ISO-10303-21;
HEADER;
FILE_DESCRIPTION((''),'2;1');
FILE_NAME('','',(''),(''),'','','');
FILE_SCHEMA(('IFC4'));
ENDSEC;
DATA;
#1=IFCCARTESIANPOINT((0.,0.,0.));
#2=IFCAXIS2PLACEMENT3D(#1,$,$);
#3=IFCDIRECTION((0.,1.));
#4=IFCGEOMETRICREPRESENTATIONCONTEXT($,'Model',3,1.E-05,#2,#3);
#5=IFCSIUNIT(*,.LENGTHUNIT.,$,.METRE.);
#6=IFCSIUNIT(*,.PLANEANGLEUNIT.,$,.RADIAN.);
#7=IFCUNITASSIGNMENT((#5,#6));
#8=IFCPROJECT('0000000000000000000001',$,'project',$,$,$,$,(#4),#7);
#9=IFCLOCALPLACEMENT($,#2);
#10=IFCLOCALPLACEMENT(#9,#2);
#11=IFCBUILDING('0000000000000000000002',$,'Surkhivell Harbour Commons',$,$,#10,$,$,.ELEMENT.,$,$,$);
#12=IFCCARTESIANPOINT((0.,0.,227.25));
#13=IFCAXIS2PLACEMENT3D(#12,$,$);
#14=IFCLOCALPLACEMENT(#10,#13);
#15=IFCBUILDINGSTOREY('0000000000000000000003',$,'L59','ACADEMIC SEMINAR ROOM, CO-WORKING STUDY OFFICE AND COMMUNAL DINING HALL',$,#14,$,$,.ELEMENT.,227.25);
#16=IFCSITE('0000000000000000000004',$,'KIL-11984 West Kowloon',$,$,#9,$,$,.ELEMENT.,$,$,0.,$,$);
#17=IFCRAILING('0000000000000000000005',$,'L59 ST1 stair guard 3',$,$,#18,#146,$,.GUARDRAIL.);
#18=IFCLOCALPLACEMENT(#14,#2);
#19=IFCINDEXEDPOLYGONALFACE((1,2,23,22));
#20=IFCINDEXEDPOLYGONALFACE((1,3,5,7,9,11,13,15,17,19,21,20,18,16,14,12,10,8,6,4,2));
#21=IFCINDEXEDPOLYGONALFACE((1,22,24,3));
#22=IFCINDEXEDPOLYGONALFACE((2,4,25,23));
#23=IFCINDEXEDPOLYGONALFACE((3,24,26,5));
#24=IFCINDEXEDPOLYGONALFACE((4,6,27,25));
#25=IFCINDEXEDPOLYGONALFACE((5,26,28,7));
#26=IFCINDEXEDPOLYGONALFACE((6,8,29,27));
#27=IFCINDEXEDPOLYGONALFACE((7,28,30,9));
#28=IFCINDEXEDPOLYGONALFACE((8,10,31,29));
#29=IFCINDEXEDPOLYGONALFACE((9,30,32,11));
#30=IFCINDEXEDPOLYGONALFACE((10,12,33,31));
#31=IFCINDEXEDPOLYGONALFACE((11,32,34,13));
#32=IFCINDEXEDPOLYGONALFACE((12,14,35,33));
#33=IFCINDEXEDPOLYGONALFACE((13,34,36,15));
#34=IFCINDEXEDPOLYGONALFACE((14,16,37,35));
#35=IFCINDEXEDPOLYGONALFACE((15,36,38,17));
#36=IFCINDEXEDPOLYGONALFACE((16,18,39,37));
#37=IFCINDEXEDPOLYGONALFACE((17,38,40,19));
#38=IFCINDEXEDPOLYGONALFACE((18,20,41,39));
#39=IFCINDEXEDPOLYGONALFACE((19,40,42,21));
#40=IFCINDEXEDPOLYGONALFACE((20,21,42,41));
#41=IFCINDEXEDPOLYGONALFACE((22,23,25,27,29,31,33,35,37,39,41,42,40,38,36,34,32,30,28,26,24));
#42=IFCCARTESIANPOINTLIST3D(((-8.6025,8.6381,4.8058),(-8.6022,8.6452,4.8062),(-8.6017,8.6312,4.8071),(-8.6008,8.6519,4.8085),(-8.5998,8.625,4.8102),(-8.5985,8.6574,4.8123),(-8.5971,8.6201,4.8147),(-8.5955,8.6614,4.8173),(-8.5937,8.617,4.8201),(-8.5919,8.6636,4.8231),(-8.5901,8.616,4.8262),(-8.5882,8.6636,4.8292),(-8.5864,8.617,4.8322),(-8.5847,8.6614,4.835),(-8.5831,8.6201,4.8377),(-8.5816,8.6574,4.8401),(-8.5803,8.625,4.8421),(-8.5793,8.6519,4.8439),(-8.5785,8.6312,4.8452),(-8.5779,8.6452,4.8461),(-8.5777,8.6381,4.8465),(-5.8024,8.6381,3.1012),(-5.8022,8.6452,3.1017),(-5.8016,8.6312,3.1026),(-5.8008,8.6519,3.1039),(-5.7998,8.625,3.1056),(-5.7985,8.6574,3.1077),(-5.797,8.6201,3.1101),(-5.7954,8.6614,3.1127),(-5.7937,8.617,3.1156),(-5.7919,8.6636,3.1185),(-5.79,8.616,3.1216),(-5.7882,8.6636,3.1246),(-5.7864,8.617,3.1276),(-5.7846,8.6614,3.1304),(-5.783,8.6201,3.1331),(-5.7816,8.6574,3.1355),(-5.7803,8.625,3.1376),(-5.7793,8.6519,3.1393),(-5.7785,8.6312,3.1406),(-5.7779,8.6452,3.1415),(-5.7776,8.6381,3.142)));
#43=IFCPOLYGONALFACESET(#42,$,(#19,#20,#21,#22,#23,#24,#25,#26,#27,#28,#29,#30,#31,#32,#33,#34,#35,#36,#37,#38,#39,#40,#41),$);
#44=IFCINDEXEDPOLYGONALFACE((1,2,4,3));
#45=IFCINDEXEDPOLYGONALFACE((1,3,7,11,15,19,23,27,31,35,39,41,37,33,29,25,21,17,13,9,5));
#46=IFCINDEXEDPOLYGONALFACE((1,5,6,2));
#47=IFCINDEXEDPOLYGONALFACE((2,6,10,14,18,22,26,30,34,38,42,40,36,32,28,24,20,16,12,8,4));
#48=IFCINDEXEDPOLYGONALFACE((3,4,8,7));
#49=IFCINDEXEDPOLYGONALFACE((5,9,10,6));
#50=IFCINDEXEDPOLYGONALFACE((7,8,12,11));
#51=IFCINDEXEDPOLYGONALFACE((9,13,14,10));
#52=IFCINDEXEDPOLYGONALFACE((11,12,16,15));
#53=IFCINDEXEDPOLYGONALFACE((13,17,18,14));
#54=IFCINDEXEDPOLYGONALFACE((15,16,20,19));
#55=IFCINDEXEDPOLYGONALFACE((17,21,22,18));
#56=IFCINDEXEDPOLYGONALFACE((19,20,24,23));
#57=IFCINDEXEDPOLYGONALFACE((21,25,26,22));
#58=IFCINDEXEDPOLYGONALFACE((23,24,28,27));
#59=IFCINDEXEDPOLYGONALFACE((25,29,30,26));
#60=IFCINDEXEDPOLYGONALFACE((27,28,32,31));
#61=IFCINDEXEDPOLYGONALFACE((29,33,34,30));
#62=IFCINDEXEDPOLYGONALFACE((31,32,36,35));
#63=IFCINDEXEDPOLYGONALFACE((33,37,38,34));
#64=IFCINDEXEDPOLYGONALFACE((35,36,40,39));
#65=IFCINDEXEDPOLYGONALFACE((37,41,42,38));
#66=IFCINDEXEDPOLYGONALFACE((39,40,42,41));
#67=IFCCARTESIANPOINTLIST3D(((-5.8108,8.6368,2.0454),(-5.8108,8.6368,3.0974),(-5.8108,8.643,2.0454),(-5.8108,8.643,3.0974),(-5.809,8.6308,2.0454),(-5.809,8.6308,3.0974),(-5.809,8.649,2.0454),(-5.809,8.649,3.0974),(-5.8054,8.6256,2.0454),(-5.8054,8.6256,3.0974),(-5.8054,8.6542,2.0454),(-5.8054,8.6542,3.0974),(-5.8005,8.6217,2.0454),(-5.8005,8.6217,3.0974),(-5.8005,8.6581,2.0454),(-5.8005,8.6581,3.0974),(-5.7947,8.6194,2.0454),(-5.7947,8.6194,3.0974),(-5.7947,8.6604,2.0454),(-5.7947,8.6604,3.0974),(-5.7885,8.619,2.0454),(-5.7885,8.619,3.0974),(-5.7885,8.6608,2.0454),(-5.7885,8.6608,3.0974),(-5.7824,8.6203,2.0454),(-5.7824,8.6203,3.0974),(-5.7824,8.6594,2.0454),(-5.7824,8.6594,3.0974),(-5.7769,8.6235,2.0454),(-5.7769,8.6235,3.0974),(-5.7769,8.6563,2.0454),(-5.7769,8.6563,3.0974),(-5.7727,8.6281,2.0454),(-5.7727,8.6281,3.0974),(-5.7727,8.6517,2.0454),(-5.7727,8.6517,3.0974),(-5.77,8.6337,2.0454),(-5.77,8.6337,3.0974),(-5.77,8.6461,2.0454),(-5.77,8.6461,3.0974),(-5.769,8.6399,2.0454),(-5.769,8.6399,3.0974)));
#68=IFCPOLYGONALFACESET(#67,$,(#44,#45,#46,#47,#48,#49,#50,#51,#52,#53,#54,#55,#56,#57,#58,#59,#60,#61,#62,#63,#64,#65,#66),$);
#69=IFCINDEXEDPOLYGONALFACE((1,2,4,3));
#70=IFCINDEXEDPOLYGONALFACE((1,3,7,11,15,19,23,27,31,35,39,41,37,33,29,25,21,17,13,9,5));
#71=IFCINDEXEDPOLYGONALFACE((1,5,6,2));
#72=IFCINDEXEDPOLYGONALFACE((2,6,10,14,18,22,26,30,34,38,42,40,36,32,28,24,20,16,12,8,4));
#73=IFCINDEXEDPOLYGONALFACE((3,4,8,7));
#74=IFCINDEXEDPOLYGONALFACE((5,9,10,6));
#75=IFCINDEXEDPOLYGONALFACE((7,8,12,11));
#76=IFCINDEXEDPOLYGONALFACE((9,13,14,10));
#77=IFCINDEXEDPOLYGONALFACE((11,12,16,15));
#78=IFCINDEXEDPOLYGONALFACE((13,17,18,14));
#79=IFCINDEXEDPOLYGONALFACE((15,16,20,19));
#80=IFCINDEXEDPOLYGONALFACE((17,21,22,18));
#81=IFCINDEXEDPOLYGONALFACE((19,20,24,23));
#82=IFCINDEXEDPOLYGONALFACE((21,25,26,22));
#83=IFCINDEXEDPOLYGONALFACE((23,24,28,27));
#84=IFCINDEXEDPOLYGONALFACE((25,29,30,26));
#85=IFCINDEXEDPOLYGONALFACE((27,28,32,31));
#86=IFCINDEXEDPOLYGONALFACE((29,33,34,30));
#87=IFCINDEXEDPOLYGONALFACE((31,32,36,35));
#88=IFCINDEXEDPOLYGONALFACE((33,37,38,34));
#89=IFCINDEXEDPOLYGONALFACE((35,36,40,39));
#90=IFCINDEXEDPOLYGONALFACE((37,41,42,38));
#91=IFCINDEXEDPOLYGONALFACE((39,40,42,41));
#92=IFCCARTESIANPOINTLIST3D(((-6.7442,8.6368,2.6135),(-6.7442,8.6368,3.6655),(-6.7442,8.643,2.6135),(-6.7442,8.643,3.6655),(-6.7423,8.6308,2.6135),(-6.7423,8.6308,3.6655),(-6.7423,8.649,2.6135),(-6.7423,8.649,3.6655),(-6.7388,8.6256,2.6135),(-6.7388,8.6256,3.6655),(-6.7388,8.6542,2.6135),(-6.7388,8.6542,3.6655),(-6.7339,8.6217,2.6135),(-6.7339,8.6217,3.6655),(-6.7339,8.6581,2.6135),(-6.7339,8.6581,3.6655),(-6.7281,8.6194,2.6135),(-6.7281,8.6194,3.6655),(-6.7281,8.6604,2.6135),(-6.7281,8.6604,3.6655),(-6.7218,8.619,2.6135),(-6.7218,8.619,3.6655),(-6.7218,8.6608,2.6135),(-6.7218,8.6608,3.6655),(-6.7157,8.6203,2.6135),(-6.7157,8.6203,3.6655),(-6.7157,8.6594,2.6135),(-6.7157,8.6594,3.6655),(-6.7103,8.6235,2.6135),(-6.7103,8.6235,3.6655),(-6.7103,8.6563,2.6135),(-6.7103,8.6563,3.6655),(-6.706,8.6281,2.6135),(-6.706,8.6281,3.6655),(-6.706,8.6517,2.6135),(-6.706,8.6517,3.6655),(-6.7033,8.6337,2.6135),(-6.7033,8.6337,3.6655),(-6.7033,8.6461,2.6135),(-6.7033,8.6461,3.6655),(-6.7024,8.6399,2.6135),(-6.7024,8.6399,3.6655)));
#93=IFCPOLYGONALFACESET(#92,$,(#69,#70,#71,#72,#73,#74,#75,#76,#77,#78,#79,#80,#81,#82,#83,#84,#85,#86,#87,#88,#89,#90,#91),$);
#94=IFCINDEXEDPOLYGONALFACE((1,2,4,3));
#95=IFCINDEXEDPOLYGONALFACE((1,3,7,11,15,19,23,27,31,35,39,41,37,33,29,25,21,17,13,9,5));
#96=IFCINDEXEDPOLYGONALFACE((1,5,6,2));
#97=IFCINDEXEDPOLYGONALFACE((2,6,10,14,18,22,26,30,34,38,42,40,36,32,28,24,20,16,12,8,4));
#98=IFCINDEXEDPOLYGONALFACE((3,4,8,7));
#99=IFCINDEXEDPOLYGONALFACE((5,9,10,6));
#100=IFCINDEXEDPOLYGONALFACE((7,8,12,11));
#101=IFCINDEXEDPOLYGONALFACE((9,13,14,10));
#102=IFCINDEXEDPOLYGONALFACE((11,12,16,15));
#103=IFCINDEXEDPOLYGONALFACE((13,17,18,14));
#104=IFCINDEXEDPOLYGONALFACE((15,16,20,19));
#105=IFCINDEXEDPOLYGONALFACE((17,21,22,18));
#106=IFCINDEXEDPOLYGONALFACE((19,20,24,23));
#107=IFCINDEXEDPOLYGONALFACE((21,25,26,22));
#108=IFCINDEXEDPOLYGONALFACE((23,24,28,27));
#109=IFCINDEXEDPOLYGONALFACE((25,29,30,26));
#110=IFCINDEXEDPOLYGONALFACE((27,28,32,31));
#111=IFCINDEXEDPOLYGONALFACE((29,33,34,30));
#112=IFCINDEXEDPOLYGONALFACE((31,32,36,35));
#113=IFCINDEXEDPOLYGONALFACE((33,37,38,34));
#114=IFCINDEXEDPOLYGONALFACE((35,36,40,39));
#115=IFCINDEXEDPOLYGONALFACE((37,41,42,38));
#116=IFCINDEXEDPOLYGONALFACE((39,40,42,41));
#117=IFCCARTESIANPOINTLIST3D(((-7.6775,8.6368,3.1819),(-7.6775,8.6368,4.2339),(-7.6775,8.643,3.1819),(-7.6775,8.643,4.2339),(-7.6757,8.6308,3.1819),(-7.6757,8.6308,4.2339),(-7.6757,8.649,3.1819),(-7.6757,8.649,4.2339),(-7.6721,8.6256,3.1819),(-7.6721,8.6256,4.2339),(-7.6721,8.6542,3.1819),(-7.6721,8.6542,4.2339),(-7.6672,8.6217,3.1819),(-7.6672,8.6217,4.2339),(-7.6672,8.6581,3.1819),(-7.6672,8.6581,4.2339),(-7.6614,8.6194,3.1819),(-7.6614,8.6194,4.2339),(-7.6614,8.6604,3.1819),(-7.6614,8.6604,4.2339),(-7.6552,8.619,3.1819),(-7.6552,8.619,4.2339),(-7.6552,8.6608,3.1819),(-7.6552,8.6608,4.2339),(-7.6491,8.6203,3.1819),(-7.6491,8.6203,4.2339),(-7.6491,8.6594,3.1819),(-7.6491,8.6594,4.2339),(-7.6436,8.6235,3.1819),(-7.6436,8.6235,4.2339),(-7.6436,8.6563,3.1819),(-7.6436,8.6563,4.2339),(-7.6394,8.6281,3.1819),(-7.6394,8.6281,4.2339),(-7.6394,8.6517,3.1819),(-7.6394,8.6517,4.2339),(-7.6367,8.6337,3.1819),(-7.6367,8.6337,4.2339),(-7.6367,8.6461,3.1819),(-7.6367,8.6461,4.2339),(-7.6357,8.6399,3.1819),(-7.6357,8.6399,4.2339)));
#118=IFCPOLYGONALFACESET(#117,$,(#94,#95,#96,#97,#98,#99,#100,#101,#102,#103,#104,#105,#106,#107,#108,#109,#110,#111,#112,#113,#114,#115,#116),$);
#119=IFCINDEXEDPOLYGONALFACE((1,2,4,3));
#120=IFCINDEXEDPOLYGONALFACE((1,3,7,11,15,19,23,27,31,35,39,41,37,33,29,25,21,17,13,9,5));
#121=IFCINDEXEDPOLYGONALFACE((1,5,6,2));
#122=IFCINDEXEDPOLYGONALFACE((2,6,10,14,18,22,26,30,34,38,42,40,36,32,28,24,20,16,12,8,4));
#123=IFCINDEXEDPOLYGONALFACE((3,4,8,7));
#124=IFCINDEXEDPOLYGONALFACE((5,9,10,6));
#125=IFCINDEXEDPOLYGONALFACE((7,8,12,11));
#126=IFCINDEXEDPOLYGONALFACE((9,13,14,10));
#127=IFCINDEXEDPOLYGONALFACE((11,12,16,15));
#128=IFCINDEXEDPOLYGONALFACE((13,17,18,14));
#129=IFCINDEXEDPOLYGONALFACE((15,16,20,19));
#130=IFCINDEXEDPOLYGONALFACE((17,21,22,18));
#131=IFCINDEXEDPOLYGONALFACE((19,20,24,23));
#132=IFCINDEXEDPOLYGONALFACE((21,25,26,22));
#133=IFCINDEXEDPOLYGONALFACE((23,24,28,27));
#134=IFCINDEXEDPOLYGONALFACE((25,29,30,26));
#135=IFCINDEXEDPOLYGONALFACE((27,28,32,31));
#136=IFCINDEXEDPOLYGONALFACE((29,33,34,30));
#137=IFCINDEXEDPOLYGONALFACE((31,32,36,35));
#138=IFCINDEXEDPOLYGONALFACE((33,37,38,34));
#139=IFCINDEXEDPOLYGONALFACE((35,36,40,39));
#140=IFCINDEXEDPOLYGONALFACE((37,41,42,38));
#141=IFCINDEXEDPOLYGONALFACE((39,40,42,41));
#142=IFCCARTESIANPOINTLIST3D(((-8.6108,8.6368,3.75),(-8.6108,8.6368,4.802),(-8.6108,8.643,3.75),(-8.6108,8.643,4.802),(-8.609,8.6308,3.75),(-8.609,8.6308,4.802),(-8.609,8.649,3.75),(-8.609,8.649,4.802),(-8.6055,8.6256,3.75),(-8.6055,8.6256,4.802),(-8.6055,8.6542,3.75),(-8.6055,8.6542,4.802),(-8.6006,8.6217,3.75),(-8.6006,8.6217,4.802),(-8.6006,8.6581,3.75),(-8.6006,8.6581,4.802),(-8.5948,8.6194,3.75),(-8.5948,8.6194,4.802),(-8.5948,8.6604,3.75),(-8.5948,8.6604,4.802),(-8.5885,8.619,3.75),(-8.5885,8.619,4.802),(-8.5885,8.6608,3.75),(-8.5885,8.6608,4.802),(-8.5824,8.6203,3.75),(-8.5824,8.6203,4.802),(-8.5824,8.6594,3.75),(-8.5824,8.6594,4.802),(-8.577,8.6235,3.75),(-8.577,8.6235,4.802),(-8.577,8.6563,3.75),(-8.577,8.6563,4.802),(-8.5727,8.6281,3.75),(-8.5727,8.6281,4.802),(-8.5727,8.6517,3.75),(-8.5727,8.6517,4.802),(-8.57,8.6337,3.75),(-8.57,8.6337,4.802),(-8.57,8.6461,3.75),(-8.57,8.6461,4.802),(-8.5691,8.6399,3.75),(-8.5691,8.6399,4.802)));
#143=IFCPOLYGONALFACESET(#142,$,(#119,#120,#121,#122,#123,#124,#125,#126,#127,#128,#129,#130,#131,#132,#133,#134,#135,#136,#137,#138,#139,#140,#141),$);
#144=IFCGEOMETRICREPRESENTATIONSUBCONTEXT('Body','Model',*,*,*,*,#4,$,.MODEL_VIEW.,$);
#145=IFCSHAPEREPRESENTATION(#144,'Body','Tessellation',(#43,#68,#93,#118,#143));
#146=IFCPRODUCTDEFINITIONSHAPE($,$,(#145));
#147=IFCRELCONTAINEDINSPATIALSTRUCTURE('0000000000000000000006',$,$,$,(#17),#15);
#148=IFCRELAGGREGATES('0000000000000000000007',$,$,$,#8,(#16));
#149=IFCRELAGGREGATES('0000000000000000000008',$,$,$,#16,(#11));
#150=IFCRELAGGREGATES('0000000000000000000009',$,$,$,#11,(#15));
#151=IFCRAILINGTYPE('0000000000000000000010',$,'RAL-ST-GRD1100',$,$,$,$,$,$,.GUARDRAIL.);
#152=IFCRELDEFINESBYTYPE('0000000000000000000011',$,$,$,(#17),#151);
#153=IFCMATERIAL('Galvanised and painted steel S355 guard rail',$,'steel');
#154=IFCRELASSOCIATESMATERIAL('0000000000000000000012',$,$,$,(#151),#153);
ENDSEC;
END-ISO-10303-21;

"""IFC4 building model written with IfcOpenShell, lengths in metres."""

from ifc_helpers import new_model, si_unit, direction, frame, origin, origin_2d, place, context, subcontext, project, spatial, circle, extrude, material, type_object, element, save


model = new_model("IFC4")

# Units and contexts
model_context = context("Model", 3, precision=1e-05, world=origin(), true_north=direction((0.0, 1.0)))
body_context = subcontext(model_context, "Body", "Model", "MODEL_VIEW")
ifc_project = project(units=[si_unit("LENGTHUNIT", "METRE"), si_unit("PLANEANGLEUNIT", "RADIAN")], contexts=[model_context])

# Site, building, storey
site_placement = place(None, origin())
site = spatial("IfcSite", under=ifc_project, at=site_placement, Name="KIL-11984 West Kowloon", CompositionType="ELEMENT", RefElevation=0.0)
building_placement = place(site_placement, origin())
building = spatial("IfcBuilding", under=site, at=building_placement, Name="Surkhivell Harbour Commons", CompositionType="ELEMENT")
storey_placement = place(building_placement, frame((0.0, 0.0, 227.25)))
storey = spatial("IfcBuildingStorey", under=building, at=storey_placement, Name="L59", Description="ACADEMIC SEMINAR ROOM, CO-WORKING STUDY OFFICE AND COMMUNAL DINING HALL", CompositionType="ELEMENT", Elevation=227.25)

# Railing
ifc_material_1 = material(Name="Galvanised and painted steel S355 guard rail", Category="steel")
railing_type_1 = type_object("IfcRailingType", Name="RAL-ST-GRD1100", PredefinedType="GUARDRAIL", material=ifc_material_1)
railing_1_placement = place(storey_placement, frame((-5.79, 8.6399, 2.0454)))
element("IfcRailing", 1, at=railing_1_placement, inside=storey, type_object=railing_type_1, Name="L59 ST1 stair guard 3", PredefinedType="GUARDRAIL", context=body_context, shape_type="SweptSolid", body=[
    extrude(circle(Radius=0.0239, at=origin_2d()), frame((0.0, 0.0, 1.0762), z_axis=(-0.85417, 0.0, 0.519994), x_axis=(0.0, -1.0, 0.0)), (0.0, 0.0, 1.0), 3.2781),
    extrude(circle(Radius=0.021, at=origin_2d()), origin(), (0.0, 0.0, 1.0), 1.052),
    extrude(circle(Radius=0.021, at=origin_2d()), frame((-0.9333, 0.0, 0.5681)), (0.0, 0.0, 1.0), 1.052),
    extrude(circle(Radius=0.021, at=origin_2d()), frame((-1.8667, 0.0, 1.1365)), (0.0, 0.0, 1.0), 1.052),
    extrude(circle(Radius=0.021, at=origin_2d()), frame((-2.8, 0.0, 1.7046)), (0.0, 0.0, 1.0), 1.052),
])

save(model, "model.ifc")
